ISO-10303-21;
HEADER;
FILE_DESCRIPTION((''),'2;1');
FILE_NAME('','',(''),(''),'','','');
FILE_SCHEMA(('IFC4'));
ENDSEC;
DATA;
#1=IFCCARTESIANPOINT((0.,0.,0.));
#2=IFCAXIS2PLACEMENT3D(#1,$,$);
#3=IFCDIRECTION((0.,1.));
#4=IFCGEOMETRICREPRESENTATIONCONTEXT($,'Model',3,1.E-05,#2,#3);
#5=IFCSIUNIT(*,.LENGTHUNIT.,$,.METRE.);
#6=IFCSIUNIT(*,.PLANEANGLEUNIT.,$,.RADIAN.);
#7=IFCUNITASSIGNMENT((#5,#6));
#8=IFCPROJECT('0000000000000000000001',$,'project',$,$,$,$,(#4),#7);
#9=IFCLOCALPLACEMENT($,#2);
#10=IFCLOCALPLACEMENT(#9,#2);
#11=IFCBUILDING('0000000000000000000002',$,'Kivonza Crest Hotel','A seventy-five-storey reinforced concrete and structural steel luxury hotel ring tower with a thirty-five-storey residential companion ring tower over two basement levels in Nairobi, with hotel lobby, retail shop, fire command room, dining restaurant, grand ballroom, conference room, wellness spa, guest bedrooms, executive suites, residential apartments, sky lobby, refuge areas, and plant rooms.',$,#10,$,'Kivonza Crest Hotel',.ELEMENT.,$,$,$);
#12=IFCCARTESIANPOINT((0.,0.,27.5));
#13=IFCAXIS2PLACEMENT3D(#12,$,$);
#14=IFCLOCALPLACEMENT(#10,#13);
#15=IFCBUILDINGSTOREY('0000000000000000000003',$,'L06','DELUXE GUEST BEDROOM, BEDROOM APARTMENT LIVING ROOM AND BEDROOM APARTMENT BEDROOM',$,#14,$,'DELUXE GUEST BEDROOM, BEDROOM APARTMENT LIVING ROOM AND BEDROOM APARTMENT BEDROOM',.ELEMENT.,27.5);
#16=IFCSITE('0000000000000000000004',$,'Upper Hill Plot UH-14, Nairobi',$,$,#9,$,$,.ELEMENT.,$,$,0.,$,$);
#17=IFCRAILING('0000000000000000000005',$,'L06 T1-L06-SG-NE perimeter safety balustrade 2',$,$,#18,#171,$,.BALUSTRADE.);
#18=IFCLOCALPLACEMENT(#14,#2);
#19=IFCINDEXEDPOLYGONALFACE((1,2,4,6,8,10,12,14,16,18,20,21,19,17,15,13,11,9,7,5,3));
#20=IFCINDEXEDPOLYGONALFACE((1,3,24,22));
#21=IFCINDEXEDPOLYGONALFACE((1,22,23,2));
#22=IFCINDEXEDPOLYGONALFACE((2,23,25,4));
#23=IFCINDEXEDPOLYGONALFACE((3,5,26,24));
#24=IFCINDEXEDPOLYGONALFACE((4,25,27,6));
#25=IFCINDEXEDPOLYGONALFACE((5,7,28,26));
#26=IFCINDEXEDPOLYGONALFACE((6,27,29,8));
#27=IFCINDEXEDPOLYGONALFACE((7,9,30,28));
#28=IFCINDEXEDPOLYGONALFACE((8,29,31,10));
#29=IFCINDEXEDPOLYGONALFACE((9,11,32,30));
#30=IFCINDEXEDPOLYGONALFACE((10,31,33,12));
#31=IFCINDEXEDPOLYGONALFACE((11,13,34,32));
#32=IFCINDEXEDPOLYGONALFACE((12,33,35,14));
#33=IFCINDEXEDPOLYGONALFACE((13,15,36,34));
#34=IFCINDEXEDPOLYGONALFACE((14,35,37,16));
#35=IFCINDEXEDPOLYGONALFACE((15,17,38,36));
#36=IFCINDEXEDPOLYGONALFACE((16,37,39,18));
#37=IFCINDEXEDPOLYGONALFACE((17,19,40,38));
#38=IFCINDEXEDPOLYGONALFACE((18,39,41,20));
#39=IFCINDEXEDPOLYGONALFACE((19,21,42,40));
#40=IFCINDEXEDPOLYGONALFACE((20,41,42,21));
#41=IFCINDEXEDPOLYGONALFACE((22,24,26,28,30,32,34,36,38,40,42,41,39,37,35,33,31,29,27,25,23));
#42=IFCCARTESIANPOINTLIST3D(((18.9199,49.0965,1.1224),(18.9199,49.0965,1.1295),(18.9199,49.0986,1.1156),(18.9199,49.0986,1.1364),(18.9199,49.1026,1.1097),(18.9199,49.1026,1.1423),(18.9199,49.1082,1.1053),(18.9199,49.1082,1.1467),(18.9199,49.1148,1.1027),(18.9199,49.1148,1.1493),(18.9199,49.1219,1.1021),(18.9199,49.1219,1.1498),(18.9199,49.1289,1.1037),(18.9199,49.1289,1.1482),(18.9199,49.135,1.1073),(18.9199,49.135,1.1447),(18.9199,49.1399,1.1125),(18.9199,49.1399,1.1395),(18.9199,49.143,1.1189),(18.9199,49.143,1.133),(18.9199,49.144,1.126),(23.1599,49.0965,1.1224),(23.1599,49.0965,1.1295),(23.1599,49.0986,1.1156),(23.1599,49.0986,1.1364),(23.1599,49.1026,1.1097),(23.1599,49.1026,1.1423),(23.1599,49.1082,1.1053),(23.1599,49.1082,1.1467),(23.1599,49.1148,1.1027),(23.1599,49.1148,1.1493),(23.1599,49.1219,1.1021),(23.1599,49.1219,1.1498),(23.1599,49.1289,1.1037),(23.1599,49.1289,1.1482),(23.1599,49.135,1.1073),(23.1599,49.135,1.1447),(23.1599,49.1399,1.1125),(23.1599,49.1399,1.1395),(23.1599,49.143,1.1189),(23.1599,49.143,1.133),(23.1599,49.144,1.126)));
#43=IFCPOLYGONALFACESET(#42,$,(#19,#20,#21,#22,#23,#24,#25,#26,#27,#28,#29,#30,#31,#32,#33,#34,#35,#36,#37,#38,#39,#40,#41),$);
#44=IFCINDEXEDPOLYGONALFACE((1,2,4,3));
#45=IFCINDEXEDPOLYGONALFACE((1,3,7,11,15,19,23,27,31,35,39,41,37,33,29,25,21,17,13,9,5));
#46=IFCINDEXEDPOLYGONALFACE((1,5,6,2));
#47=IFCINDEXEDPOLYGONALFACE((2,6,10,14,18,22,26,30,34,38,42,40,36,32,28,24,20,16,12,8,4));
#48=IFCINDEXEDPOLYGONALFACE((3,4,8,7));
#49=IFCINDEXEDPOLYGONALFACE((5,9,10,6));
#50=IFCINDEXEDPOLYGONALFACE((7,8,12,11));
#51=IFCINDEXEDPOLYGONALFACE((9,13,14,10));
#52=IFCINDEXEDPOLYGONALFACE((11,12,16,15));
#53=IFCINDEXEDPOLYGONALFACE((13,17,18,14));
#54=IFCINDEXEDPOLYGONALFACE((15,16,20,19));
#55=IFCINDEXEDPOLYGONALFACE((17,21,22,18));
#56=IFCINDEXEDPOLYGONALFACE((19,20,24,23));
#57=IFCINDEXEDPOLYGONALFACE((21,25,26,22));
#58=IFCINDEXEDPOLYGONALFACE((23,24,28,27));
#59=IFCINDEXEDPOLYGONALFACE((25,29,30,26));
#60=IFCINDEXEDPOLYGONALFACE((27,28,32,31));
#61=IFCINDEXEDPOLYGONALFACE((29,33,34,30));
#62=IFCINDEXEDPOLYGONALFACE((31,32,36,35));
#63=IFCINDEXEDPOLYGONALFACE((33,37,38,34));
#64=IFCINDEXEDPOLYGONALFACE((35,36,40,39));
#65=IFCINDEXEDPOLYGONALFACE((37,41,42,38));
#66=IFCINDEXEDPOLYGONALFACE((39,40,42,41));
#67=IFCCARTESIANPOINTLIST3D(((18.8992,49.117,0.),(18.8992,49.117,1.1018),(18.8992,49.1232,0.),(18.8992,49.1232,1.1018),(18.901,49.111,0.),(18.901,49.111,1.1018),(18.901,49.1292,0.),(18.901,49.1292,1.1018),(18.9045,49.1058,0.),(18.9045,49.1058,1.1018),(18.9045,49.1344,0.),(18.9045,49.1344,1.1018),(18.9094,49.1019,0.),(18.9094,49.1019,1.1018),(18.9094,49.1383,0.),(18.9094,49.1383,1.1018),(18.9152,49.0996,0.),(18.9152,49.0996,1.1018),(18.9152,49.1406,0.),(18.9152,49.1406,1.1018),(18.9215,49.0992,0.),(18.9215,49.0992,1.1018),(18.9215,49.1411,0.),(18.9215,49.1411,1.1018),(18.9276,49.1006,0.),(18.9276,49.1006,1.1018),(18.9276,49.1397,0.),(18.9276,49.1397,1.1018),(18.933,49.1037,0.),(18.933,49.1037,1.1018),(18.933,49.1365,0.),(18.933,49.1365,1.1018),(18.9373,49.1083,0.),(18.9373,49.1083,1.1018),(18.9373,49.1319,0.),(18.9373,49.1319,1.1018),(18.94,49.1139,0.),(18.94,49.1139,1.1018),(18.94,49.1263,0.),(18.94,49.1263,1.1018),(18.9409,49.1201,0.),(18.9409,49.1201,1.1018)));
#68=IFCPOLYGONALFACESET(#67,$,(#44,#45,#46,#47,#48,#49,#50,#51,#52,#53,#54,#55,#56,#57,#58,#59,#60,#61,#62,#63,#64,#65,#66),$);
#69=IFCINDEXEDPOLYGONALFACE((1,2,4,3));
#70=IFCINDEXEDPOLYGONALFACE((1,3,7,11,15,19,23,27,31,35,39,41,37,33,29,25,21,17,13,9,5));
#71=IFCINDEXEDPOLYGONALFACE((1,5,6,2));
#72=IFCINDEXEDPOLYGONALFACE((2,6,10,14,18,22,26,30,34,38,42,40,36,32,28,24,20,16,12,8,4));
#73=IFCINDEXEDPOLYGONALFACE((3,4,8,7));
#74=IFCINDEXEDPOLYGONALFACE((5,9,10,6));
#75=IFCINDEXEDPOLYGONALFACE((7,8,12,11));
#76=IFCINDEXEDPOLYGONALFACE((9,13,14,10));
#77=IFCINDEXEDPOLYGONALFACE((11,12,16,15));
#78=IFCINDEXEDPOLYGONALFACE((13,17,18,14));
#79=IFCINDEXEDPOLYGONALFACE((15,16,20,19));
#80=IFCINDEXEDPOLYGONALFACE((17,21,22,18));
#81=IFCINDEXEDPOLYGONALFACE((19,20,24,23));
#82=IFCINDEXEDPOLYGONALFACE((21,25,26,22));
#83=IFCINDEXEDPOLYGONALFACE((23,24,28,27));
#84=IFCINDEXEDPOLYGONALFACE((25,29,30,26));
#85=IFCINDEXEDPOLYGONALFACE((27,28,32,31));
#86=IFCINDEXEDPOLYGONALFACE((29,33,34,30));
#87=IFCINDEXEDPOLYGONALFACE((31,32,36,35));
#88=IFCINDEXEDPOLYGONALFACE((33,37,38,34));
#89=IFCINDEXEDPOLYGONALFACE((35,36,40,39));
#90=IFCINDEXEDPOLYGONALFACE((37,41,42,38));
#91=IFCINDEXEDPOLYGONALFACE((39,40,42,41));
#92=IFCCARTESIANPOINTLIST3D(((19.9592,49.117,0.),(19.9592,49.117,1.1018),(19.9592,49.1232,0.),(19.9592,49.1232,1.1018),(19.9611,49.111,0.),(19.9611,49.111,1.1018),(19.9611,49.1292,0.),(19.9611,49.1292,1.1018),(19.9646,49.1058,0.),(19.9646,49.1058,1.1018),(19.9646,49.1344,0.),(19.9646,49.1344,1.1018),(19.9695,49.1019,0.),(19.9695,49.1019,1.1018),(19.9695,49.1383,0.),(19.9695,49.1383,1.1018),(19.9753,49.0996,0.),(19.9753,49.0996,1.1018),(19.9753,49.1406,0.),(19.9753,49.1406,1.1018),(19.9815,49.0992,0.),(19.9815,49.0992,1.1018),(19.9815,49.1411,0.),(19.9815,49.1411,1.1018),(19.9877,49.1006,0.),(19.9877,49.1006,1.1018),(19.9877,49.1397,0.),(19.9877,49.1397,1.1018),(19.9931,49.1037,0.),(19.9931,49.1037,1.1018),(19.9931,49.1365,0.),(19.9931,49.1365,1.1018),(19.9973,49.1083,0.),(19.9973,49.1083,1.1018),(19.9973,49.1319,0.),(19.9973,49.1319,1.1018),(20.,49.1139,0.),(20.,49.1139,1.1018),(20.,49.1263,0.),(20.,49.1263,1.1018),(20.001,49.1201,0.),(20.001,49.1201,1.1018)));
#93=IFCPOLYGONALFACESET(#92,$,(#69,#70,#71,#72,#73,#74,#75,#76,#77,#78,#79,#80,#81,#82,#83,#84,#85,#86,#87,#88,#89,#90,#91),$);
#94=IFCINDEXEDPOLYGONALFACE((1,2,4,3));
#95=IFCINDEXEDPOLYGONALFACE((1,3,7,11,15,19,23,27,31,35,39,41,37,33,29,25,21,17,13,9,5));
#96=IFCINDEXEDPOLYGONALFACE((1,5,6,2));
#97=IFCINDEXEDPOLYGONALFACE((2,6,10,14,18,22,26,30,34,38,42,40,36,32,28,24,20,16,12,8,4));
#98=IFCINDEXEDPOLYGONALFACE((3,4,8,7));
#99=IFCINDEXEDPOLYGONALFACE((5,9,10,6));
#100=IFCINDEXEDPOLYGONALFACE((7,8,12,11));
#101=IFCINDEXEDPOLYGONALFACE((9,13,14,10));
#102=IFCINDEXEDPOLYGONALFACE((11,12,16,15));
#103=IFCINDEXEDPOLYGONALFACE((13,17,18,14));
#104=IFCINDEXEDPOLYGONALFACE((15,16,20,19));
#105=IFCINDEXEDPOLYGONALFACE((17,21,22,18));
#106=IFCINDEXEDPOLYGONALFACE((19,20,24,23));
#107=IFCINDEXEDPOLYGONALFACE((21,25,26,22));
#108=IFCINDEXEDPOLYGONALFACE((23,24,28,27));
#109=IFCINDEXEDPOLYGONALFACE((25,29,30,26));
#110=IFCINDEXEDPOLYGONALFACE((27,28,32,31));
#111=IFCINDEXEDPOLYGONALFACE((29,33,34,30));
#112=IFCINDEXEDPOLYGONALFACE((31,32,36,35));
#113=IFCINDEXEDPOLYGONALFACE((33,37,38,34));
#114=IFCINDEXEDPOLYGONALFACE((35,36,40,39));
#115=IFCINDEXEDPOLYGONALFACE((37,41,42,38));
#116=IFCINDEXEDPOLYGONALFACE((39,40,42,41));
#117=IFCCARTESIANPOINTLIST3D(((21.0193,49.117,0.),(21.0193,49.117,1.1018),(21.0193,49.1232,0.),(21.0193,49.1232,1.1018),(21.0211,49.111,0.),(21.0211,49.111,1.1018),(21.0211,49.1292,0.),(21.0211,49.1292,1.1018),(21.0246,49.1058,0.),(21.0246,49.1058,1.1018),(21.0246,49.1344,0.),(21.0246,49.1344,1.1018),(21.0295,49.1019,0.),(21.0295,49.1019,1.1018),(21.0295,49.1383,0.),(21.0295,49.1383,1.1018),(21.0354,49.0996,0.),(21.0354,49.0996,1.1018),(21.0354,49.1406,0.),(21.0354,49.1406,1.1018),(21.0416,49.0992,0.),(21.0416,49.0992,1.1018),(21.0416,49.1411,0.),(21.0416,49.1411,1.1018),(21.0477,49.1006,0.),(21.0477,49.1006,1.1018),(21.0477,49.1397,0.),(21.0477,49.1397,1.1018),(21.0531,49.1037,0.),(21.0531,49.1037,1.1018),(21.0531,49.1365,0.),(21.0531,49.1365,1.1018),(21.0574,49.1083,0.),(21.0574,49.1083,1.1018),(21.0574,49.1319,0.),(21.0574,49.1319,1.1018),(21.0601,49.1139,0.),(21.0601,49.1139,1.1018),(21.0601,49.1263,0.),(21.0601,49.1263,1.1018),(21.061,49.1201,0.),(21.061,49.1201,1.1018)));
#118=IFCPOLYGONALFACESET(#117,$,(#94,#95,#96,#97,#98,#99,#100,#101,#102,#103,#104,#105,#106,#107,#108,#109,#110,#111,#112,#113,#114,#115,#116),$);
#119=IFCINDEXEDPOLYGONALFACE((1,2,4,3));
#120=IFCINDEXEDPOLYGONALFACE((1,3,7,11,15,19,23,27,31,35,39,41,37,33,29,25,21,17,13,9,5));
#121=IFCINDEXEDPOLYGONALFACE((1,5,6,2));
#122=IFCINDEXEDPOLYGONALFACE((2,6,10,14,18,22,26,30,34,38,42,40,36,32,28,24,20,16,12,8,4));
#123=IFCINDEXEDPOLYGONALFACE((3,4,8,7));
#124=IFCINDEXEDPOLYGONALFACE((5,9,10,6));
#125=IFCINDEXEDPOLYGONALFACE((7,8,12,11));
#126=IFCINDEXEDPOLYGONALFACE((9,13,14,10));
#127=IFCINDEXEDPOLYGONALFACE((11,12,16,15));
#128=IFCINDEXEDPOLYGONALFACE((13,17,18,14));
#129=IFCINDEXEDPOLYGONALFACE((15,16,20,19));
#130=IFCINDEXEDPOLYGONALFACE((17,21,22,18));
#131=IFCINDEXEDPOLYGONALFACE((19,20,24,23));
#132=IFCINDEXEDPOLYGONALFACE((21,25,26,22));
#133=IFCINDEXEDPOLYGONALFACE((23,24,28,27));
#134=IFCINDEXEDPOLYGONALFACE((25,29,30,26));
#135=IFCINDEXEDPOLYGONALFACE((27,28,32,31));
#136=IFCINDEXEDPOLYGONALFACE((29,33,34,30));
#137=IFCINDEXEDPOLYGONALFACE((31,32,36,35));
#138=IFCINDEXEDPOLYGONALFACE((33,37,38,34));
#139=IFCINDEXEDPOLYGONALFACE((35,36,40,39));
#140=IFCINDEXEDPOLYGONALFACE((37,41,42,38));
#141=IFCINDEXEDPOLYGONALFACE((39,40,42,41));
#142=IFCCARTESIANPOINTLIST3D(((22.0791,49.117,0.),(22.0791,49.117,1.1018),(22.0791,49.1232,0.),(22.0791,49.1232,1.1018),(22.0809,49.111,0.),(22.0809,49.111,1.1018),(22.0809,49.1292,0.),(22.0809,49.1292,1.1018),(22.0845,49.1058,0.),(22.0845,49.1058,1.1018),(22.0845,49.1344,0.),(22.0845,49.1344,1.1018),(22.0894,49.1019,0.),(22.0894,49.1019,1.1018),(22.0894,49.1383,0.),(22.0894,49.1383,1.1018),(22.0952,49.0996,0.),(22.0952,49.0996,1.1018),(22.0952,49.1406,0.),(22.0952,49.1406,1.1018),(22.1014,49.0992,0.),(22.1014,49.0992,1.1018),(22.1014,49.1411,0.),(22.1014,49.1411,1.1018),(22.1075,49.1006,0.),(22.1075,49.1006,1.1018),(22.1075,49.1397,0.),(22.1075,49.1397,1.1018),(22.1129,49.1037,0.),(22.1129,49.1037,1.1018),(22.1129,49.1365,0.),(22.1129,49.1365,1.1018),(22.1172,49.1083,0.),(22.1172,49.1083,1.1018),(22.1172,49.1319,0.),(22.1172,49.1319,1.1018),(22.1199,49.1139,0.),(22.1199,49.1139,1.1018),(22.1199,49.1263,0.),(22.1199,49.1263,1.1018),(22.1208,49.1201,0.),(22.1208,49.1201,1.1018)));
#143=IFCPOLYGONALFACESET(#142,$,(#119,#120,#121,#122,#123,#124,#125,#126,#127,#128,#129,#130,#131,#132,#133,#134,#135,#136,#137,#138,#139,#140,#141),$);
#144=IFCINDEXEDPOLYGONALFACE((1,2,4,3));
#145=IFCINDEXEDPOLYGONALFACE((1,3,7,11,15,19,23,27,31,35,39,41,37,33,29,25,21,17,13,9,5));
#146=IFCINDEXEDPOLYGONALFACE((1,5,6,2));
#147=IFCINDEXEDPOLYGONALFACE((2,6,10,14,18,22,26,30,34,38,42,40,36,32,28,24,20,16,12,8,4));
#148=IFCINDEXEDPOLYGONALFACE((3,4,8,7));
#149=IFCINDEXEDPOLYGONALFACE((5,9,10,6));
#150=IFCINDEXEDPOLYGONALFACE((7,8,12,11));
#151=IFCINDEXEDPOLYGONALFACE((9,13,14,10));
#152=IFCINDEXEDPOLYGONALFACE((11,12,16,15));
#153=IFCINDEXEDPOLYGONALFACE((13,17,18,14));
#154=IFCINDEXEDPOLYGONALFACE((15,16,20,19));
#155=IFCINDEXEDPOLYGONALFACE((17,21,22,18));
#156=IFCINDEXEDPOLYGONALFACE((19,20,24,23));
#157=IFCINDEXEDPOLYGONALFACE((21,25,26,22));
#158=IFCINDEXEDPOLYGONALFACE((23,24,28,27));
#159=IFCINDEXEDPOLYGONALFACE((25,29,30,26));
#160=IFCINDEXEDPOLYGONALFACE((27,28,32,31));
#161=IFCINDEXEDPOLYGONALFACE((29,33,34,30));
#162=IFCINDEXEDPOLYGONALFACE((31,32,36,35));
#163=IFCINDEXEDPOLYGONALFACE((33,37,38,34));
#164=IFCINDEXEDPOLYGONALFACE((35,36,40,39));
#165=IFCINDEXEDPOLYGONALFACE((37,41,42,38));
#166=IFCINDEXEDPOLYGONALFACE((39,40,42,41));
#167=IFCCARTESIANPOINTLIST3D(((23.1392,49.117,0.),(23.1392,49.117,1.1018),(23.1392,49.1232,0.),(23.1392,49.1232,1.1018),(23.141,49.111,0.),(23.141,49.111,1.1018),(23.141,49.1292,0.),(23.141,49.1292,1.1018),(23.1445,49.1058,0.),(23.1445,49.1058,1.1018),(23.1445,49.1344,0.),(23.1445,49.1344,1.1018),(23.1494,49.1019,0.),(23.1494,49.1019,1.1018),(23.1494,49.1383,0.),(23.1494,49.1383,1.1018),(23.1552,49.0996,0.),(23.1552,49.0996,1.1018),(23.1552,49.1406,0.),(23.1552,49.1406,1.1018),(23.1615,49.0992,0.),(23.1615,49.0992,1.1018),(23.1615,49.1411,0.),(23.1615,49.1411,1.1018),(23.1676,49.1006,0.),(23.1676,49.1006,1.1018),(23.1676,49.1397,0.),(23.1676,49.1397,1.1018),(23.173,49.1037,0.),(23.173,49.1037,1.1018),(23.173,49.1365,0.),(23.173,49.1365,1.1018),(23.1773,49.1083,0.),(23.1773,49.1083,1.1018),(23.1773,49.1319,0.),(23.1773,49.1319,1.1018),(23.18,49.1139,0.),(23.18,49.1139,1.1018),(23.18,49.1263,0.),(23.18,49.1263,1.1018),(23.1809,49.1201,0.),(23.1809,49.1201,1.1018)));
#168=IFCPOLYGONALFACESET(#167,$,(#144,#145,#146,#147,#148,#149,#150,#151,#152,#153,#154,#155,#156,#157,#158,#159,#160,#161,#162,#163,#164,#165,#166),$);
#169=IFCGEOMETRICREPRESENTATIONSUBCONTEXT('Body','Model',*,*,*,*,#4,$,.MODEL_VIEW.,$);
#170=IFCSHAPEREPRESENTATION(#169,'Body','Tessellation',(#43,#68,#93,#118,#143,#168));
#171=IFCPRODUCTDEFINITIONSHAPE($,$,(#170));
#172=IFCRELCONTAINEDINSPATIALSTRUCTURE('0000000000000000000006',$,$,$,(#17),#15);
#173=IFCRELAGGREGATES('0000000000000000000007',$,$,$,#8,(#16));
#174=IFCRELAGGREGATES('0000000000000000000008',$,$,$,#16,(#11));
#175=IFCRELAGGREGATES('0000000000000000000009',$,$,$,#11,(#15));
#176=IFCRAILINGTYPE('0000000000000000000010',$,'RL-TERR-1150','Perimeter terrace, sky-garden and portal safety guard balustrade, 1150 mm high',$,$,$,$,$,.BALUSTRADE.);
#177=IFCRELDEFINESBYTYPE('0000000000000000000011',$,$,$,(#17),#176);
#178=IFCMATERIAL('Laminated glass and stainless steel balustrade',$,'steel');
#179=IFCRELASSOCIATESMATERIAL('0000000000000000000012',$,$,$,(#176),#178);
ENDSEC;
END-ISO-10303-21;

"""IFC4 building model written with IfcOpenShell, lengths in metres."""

from ifc_helpers import new_model, si_unit, direction, frame, origin, origin_2d, place, context, subcontext, project, spatial, circle, extrude, material, type_object, element, save


model = new_model("IFC4")

# Units and contexts
model_context = context("Model", 3, precision=1e-05, world=origin(), true_north=direction((0.0, 1.0)))
body_context = subcontext(model_context, "Body", "Model", "MODEL_VIEW")
ifc_project = project(units=[si_unit("LENGTHUNIT", "METRE"), si_unit("PLANEANGLEUNIT", "RADIAN")], contexts=[model_context])

# Site, building, storey
site_placement = place(None, origin())
site = spatial("IfcSite", under=ifc_project, at=site_placement, Name="Upper Hill Plot UH-14, Nairobi", CompositionType="ELEMENT", RefElevation=0.0)
building_placement = place(site_placement, origin())
building = spatial("IfcBuilding", under=site, at=building_placement, Name="Kivonza Crest Hotel", Description="A seventy-five-storey reinforced concrete and structural steel luxury hotel ring tower with a thirty-five-storey residential companion ring tower over two basement levels in Nairobi, with hotel lobby, retail shop, fire command room, dining restaurant, grand ballroom, conference room, wellness spa, guest bedrooms, executive suites, residential apartments, sky lobby, refuge areas, and plant rooms.", LongName="Kivonza Crest Hotel", CompositionType="ELEMENT")
storey_placement = place(building_placement, frame((0.0, 0.0, 27.5)))
storey = spatial("IfcBuildingStorey", under=building, at=storey_placement, Name="L06", Description="DELUXE GUEST BEDROOM, BEDROOM APARTMENT LIVING ROOM AND BEDROOM APARTMENT BEDROOM", LongName="DELUXE GUEST BEDROOM, BEDROOM APARTMENT LIVING ROOM AND BEDROOM APARTMENT BEDROOM", CompositionType="ELEMENT", Elevation=27.5)

# Railing
ifc_material_1 = material(Name="Laminated glass and stainless steel balustrade", Category="steel")
railing_type = type_object("IfcRailingType", Name="RL-TERR-1150", Description="Perimeter terrace, sky-garden and portal safety guard balustrade, 1150 mm high", PredefinedType="BALUSTRADE", material=ifc_material_1)
railing_1_placement = place(storey_placement, frame((18.9199, 49.1201, 0.0)))
element("IfcRailing", 1, at=railing_1_placement, inside=storey, type_object=railing_type, Name="L06 T1-L06-SG-NE perimeter safety balustrade 2", PredefinedType="BALUSTRADE", context=body_context, shape_type="SweptSolid", body=[
    extrude(circle(Radius=0.0239, at=origin_2d()), frame((0.0, 0.0, 1.126), z_axis=(1.0, 0.0, 0.0), x_axis=(0.0, 1.0, 0.0)), (0.0, 0.0, 1.0), 4.24),
    extrude(circle(Radius=0.021, at=origin_2d()), origin(), (0.0, 0.0, 1.0), 1.1018),
    extrude(circle(Radius=0.021, at=origin_2d()), frame((1.0601, 0.0, 0.0)), (0.0, 0.0, 1.0), 1.1018),
    extrude(circle(Radius=0.021, at=origin_2d()), frame((2.1201, 0.0, 0.0)), (0.0, 0.0, 1.0), 1.1018),
    extrude(circle(Radius=0.021, at=origin_2d()), frame((3.1799, 0.0, 0.0)), (0.0, 0.0, 1.0), 1.1018),
    extrude(circle(Radius=0.021, at=origin_2d()), frame((4.24, 0.0, 0.0)), (0.0, 0.0, 1.0), 1.1018),
])

save(model, "model.ifc")
